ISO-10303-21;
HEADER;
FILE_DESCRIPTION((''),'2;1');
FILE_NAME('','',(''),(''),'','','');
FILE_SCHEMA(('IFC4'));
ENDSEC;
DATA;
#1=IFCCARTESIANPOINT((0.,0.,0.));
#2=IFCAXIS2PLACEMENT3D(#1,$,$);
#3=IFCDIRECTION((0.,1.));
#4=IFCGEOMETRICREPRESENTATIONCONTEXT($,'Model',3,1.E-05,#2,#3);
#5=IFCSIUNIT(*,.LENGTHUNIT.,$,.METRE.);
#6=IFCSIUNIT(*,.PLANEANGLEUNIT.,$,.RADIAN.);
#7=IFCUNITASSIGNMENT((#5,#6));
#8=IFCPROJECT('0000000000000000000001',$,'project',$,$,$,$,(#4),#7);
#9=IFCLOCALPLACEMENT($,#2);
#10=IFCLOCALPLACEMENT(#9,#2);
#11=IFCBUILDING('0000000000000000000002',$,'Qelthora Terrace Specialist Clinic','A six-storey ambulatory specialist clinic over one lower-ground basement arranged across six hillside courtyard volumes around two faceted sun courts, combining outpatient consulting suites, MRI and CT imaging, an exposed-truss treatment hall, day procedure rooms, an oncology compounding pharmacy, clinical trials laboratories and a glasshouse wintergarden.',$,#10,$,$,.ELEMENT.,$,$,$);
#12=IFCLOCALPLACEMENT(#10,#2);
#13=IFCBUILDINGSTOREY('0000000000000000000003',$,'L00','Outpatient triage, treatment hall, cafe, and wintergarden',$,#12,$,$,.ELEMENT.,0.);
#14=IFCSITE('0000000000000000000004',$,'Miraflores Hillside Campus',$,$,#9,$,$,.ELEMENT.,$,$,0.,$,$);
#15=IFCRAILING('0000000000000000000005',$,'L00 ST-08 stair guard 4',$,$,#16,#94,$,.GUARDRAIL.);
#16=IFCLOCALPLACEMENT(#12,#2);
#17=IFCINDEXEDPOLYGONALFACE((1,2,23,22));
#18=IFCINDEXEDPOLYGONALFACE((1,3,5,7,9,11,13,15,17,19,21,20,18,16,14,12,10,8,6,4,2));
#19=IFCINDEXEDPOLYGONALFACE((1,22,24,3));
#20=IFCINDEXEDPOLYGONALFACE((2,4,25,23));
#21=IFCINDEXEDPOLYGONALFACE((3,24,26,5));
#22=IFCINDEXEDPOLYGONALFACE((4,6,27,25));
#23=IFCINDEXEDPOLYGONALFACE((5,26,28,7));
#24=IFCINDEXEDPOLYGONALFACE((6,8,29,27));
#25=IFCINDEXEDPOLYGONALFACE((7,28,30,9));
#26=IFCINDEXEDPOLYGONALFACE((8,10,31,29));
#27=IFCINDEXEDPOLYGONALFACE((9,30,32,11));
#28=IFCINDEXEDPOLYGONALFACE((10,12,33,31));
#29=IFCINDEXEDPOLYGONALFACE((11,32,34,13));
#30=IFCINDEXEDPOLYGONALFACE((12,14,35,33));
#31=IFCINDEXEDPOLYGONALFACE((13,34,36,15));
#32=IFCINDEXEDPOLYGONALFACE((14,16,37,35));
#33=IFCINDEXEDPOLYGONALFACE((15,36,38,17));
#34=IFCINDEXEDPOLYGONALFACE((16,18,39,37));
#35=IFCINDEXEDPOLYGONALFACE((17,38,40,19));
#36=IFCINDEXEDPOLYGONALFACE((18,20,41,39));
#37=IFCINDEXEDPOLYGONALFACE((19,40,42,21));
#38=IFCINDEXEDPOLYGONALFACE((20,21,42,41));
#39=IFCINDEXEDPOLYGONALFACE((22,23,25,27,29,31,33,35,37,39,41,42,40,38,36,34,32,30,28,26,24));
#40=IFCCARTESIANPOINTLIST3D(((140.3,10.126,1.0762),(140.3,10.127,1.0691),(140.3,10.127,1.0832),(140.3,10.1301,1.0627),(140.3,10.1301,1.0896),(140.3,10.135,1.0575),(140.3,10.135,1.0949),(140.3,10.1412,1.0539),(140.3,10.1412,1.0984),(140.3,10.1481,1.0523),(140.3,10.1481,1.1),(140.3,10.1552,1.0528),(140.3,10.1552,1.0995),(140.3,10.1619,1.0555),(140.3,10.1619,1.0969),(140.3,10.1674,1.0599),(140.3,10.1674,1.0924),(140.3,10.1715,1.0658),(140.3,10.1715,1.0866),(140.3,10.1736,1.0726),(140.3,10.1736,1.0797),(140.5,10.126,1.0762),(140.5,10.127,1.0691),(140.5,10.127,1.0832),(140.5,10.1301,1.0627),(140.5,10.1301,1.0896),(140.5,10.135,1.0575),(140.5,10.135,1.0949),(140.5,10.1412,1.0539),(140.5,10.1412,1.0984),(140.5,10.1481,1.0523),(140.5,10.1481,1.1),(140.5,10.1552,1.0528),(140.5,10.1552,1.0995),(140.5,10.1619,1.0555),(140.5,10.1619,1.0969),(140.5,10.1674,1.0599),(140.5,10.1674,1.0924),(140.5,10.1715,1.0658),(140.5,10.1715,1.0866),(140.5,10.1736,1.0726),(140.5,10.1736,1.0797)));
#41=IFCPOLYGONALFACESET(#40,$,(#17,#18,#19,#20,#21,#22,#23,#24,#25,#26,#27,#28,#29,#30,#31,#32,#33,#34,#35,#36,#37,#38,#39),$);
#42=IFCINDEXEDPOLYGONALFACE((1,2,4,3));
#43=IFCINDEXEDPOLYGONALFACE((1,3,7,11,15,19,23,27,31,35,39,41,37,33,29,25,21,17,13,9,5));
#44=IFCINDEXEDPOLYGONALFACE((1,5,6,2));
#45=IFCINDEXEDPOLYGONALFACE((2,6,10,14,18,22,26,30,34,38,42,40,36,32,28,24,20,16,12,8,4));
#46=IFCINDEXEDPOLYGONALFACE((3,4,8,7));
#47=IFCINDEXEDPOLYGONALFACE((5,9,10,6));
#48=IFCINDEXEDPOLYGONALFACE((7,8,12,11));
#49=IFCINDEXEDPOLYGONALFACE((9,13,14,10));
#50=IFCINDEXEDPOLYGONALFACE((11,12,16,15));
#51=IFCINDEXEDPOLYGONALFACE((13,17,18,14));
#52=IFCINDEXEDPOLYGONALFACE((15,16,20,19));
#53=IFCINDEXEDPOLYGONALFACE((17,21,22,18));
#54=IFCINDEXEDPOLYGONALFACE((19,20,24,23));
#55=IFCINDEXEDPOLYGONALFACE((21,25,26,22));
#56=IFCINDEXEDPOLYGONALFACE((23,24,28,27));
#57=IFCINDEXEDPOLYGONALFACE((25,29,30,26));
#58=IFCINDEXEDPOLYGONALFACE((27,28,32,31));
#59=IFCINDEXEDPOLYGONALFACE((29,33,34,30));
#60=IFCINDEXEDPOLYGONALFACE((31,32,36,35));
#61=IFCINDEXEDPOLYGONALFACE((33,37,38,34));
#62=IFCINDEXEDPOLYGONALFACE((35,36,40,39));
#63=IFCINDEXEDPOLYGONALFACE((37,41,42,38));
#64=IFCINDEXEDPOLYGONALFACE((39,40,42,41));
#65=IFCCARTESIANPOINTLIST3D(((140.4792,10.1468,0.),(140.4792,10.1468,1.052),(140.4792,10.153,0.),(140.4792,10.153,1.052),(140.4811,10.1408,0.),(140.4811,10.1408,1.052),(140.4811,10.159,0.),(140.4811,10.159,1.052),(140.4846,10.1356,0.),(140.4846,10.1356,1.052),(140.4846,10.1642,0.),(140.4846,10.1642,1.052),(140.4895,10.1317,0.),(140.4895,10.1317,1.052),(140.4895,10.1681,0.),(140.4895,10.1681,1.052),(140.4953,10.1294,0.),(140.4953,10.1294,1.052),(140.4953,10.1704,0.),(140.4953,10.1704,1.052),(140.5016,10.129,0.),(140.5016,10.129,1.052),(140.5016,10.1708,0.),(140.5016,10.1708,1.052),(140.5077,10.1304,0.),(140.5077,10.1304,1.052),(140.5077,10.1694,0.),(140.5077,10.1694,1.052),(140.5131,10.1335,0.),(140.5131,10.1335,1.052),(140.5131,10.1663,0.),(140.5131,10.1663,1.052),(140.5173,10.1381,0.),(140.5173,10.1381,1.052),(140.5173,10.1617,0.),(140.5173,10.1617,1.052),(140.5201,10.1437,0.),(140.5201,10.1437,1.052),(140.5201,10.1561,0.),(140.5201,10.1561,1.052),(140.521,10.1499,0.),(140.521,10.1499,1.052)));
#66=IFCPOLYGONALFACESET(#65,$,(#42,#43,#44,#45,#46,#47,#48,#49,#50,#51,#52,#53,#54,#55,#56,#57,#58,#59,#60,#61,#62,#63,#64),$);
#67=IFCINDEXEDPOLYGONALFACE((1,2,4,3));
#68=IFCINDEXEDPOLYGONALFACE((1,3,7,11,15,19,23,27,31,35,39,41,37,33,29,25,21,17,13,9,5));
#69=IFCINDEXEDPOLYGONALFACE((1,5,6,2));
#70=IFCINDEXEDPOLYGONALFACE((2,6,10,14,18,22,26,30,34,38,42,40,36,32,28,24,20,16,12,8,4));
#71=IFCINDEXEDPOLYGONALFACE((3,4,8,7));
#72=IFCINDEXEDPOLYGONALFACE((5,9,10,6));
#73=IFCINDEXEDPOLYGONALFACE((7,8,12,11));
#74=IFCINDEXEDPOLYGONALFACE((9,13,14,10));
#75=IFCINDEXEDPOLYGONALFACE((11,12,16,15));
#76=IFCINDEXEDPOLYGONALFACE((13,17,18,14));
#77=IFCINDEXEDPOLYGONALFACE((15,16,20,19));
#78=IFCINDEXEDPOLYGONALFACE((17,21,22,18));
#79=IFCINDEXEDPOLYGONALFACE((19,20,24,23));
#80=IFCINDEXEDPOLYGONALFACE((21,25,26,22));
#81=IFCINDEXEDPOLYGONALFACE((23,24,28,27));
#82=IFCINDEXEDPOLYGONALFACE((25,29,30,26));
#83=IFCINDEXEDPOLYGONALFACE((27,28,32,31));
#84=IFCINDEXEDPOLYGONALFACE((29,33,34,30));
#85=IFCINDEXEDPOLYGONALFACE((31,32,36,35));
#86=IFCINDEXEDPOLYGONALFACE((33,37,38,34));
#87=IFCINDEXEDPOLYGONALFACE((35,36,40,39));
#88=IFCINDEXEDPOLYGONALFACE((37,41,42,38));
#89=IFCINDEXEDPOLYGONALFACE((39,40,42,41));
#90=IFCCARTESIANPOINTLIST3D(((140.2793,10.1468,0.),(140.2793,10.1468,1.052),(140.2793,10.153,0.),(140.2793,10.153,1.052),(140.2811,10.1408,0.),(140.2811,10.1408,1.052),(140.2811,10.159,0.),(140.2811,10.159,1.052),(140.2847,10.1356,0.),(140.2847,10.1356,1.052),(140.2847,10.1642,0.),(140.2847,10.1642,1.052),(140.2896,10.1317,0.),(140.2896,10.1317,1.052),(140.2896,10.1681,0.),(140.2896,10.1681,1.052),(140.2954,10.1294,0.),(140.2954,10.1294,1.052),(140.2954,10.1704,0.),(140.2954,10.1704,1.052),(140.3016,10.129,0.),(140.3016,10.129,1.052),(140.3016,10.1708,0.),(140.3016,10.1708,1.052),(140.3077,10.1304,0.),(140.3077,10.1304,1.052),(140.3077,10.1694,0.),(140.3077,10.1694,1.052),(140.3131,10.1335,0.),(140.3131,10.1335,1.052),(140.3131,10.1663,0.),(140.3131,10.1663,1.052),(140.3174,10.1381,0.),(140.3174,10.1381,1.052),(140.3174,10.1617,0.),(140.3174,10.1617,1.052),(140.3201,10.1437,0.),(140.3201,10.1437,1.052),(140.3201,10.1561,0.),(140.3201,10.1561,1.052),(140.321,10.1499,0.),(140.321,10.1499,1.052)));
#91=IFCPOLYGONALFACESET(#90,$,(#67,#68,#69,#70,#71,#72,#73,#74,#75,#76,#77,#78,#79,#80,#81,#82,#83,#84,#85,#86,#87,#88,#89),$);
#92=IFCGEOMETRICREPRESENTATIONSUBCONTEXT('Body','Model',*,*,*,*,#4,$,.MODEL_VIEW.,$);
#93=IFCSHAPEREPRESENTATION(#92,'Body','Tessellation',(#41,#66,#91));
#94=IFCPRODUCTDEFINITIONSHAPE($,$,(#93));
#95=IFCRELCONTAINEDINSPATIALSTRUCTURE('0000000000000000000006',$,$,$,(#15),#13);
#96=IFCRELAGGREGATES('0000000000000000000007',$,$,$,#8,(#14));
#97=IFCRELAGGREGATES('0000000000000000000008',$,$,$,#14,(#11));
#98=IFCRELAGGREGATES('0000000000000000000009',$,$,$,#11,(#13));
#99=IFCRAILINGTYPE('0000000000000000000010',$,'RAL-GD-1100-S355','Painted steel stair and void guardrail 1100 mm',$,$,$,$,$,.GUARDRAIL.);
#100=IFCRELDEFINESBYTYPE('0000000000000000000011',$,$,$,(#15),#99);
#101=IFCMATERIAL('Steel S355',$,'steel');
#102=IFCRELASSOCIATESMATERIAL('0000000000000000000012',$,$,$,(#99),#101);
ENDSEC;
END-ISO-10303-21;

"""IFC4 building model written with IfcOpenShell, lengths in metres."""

from ifc_helpers import new_model, si_unit, direction, frame, origin, origin_2d, place, context, subcontext, project, spatial, circle, extrude, material, type_object, element, save


model = new_model("IFC4")

# Units and contexts
model_context = context("Model", 3, precision=1e-05, world=origin(), true_north=direction((0.0, 1.0)))
body_context = subcontext(model_context, "Body", "Model", "MODEL_VIEW")
ifc_project = project(units=[si_unit("LENGTHUNIT", "METRE"), si_unit("PLANEANGLEUNIT", "RADIAN")], contexts=[model_context])

# Site, building, storey
site_placement = place(None, origin())
site = spatial("IfcSite", under=ifc_project, at=site_placement, Name="Miraflores Hillside Campus", CompositionType="ELEMENT", RefElevation=0.0)
building_placement = place(site_placement, origin())
building = spatial("IfcBuilding", under=site, at=building_placement, Name="Qelthora Terrace Specialist Clinic", Description="A six-storey ambulatory specialist clinic over one lower-ground basement arranged across six hillside courtyard volumes around two faceted sun courts, combining outpatient consulting suites, MRI and CT imaging, an exposed-truss treatment hall, day procedure rooms, an oncology compounding pharmacy, clinical trials laboratories and a glasshouse wintergarden.", CompositionType="ELEMENT")
storey_placement = place(building_placement, origin())
storey = spatial("IfcBuildingStorey", under=building, at=storey_placement, Name="L00", Description="Outpatient triage, treatment hall, cafe, and wintergarden", CompositionType="ELEMENT", Elevation=0.0)

# Shared definitions
ifc_material_1 = material(Name="Steel S355", Category="steel")

# Railing
railing_type = type_object("IfcRailingType", Name="RAL-GD-1100-S355", Description="Painted steel stair and void guardrail 1100 mm", PredefinedType="GUARDRAIL", material=ifc_material_1)
railing_1_placement = place(storey_placement, frame((140.5, 10.1499, 0.0)))
element("IfcRailing", 1, at=railing_1_placement, inside=storey, type_object=railing_type, Name="L00 ST-08 stair guard 4", PredefinedType="GUARDRAIL", context=body_context, shape_type="SweptSolid", body=[
    extrude(circle(Radius=0.0239, at=origin_2d()), frame((0.0, 0.0, 1.0762), z_axis=(-1.0, 0.0, 0.0), x_axis=(0.0, -1.0, 0.0)), (0.0, 0.0, 1.0), 0.2),
    extrude(circle(Radius=0.021, at=origin_2d()), origin(), (0.0, 0.0, 1.0), 1.052),
    extrude(circle(Radius=0.021, at=origin_2d()), frame((-0.2, 0.0, 0.0)), (0.0, 0.0, 1.0), 1.052),
])

save(model, "model.ifc")
